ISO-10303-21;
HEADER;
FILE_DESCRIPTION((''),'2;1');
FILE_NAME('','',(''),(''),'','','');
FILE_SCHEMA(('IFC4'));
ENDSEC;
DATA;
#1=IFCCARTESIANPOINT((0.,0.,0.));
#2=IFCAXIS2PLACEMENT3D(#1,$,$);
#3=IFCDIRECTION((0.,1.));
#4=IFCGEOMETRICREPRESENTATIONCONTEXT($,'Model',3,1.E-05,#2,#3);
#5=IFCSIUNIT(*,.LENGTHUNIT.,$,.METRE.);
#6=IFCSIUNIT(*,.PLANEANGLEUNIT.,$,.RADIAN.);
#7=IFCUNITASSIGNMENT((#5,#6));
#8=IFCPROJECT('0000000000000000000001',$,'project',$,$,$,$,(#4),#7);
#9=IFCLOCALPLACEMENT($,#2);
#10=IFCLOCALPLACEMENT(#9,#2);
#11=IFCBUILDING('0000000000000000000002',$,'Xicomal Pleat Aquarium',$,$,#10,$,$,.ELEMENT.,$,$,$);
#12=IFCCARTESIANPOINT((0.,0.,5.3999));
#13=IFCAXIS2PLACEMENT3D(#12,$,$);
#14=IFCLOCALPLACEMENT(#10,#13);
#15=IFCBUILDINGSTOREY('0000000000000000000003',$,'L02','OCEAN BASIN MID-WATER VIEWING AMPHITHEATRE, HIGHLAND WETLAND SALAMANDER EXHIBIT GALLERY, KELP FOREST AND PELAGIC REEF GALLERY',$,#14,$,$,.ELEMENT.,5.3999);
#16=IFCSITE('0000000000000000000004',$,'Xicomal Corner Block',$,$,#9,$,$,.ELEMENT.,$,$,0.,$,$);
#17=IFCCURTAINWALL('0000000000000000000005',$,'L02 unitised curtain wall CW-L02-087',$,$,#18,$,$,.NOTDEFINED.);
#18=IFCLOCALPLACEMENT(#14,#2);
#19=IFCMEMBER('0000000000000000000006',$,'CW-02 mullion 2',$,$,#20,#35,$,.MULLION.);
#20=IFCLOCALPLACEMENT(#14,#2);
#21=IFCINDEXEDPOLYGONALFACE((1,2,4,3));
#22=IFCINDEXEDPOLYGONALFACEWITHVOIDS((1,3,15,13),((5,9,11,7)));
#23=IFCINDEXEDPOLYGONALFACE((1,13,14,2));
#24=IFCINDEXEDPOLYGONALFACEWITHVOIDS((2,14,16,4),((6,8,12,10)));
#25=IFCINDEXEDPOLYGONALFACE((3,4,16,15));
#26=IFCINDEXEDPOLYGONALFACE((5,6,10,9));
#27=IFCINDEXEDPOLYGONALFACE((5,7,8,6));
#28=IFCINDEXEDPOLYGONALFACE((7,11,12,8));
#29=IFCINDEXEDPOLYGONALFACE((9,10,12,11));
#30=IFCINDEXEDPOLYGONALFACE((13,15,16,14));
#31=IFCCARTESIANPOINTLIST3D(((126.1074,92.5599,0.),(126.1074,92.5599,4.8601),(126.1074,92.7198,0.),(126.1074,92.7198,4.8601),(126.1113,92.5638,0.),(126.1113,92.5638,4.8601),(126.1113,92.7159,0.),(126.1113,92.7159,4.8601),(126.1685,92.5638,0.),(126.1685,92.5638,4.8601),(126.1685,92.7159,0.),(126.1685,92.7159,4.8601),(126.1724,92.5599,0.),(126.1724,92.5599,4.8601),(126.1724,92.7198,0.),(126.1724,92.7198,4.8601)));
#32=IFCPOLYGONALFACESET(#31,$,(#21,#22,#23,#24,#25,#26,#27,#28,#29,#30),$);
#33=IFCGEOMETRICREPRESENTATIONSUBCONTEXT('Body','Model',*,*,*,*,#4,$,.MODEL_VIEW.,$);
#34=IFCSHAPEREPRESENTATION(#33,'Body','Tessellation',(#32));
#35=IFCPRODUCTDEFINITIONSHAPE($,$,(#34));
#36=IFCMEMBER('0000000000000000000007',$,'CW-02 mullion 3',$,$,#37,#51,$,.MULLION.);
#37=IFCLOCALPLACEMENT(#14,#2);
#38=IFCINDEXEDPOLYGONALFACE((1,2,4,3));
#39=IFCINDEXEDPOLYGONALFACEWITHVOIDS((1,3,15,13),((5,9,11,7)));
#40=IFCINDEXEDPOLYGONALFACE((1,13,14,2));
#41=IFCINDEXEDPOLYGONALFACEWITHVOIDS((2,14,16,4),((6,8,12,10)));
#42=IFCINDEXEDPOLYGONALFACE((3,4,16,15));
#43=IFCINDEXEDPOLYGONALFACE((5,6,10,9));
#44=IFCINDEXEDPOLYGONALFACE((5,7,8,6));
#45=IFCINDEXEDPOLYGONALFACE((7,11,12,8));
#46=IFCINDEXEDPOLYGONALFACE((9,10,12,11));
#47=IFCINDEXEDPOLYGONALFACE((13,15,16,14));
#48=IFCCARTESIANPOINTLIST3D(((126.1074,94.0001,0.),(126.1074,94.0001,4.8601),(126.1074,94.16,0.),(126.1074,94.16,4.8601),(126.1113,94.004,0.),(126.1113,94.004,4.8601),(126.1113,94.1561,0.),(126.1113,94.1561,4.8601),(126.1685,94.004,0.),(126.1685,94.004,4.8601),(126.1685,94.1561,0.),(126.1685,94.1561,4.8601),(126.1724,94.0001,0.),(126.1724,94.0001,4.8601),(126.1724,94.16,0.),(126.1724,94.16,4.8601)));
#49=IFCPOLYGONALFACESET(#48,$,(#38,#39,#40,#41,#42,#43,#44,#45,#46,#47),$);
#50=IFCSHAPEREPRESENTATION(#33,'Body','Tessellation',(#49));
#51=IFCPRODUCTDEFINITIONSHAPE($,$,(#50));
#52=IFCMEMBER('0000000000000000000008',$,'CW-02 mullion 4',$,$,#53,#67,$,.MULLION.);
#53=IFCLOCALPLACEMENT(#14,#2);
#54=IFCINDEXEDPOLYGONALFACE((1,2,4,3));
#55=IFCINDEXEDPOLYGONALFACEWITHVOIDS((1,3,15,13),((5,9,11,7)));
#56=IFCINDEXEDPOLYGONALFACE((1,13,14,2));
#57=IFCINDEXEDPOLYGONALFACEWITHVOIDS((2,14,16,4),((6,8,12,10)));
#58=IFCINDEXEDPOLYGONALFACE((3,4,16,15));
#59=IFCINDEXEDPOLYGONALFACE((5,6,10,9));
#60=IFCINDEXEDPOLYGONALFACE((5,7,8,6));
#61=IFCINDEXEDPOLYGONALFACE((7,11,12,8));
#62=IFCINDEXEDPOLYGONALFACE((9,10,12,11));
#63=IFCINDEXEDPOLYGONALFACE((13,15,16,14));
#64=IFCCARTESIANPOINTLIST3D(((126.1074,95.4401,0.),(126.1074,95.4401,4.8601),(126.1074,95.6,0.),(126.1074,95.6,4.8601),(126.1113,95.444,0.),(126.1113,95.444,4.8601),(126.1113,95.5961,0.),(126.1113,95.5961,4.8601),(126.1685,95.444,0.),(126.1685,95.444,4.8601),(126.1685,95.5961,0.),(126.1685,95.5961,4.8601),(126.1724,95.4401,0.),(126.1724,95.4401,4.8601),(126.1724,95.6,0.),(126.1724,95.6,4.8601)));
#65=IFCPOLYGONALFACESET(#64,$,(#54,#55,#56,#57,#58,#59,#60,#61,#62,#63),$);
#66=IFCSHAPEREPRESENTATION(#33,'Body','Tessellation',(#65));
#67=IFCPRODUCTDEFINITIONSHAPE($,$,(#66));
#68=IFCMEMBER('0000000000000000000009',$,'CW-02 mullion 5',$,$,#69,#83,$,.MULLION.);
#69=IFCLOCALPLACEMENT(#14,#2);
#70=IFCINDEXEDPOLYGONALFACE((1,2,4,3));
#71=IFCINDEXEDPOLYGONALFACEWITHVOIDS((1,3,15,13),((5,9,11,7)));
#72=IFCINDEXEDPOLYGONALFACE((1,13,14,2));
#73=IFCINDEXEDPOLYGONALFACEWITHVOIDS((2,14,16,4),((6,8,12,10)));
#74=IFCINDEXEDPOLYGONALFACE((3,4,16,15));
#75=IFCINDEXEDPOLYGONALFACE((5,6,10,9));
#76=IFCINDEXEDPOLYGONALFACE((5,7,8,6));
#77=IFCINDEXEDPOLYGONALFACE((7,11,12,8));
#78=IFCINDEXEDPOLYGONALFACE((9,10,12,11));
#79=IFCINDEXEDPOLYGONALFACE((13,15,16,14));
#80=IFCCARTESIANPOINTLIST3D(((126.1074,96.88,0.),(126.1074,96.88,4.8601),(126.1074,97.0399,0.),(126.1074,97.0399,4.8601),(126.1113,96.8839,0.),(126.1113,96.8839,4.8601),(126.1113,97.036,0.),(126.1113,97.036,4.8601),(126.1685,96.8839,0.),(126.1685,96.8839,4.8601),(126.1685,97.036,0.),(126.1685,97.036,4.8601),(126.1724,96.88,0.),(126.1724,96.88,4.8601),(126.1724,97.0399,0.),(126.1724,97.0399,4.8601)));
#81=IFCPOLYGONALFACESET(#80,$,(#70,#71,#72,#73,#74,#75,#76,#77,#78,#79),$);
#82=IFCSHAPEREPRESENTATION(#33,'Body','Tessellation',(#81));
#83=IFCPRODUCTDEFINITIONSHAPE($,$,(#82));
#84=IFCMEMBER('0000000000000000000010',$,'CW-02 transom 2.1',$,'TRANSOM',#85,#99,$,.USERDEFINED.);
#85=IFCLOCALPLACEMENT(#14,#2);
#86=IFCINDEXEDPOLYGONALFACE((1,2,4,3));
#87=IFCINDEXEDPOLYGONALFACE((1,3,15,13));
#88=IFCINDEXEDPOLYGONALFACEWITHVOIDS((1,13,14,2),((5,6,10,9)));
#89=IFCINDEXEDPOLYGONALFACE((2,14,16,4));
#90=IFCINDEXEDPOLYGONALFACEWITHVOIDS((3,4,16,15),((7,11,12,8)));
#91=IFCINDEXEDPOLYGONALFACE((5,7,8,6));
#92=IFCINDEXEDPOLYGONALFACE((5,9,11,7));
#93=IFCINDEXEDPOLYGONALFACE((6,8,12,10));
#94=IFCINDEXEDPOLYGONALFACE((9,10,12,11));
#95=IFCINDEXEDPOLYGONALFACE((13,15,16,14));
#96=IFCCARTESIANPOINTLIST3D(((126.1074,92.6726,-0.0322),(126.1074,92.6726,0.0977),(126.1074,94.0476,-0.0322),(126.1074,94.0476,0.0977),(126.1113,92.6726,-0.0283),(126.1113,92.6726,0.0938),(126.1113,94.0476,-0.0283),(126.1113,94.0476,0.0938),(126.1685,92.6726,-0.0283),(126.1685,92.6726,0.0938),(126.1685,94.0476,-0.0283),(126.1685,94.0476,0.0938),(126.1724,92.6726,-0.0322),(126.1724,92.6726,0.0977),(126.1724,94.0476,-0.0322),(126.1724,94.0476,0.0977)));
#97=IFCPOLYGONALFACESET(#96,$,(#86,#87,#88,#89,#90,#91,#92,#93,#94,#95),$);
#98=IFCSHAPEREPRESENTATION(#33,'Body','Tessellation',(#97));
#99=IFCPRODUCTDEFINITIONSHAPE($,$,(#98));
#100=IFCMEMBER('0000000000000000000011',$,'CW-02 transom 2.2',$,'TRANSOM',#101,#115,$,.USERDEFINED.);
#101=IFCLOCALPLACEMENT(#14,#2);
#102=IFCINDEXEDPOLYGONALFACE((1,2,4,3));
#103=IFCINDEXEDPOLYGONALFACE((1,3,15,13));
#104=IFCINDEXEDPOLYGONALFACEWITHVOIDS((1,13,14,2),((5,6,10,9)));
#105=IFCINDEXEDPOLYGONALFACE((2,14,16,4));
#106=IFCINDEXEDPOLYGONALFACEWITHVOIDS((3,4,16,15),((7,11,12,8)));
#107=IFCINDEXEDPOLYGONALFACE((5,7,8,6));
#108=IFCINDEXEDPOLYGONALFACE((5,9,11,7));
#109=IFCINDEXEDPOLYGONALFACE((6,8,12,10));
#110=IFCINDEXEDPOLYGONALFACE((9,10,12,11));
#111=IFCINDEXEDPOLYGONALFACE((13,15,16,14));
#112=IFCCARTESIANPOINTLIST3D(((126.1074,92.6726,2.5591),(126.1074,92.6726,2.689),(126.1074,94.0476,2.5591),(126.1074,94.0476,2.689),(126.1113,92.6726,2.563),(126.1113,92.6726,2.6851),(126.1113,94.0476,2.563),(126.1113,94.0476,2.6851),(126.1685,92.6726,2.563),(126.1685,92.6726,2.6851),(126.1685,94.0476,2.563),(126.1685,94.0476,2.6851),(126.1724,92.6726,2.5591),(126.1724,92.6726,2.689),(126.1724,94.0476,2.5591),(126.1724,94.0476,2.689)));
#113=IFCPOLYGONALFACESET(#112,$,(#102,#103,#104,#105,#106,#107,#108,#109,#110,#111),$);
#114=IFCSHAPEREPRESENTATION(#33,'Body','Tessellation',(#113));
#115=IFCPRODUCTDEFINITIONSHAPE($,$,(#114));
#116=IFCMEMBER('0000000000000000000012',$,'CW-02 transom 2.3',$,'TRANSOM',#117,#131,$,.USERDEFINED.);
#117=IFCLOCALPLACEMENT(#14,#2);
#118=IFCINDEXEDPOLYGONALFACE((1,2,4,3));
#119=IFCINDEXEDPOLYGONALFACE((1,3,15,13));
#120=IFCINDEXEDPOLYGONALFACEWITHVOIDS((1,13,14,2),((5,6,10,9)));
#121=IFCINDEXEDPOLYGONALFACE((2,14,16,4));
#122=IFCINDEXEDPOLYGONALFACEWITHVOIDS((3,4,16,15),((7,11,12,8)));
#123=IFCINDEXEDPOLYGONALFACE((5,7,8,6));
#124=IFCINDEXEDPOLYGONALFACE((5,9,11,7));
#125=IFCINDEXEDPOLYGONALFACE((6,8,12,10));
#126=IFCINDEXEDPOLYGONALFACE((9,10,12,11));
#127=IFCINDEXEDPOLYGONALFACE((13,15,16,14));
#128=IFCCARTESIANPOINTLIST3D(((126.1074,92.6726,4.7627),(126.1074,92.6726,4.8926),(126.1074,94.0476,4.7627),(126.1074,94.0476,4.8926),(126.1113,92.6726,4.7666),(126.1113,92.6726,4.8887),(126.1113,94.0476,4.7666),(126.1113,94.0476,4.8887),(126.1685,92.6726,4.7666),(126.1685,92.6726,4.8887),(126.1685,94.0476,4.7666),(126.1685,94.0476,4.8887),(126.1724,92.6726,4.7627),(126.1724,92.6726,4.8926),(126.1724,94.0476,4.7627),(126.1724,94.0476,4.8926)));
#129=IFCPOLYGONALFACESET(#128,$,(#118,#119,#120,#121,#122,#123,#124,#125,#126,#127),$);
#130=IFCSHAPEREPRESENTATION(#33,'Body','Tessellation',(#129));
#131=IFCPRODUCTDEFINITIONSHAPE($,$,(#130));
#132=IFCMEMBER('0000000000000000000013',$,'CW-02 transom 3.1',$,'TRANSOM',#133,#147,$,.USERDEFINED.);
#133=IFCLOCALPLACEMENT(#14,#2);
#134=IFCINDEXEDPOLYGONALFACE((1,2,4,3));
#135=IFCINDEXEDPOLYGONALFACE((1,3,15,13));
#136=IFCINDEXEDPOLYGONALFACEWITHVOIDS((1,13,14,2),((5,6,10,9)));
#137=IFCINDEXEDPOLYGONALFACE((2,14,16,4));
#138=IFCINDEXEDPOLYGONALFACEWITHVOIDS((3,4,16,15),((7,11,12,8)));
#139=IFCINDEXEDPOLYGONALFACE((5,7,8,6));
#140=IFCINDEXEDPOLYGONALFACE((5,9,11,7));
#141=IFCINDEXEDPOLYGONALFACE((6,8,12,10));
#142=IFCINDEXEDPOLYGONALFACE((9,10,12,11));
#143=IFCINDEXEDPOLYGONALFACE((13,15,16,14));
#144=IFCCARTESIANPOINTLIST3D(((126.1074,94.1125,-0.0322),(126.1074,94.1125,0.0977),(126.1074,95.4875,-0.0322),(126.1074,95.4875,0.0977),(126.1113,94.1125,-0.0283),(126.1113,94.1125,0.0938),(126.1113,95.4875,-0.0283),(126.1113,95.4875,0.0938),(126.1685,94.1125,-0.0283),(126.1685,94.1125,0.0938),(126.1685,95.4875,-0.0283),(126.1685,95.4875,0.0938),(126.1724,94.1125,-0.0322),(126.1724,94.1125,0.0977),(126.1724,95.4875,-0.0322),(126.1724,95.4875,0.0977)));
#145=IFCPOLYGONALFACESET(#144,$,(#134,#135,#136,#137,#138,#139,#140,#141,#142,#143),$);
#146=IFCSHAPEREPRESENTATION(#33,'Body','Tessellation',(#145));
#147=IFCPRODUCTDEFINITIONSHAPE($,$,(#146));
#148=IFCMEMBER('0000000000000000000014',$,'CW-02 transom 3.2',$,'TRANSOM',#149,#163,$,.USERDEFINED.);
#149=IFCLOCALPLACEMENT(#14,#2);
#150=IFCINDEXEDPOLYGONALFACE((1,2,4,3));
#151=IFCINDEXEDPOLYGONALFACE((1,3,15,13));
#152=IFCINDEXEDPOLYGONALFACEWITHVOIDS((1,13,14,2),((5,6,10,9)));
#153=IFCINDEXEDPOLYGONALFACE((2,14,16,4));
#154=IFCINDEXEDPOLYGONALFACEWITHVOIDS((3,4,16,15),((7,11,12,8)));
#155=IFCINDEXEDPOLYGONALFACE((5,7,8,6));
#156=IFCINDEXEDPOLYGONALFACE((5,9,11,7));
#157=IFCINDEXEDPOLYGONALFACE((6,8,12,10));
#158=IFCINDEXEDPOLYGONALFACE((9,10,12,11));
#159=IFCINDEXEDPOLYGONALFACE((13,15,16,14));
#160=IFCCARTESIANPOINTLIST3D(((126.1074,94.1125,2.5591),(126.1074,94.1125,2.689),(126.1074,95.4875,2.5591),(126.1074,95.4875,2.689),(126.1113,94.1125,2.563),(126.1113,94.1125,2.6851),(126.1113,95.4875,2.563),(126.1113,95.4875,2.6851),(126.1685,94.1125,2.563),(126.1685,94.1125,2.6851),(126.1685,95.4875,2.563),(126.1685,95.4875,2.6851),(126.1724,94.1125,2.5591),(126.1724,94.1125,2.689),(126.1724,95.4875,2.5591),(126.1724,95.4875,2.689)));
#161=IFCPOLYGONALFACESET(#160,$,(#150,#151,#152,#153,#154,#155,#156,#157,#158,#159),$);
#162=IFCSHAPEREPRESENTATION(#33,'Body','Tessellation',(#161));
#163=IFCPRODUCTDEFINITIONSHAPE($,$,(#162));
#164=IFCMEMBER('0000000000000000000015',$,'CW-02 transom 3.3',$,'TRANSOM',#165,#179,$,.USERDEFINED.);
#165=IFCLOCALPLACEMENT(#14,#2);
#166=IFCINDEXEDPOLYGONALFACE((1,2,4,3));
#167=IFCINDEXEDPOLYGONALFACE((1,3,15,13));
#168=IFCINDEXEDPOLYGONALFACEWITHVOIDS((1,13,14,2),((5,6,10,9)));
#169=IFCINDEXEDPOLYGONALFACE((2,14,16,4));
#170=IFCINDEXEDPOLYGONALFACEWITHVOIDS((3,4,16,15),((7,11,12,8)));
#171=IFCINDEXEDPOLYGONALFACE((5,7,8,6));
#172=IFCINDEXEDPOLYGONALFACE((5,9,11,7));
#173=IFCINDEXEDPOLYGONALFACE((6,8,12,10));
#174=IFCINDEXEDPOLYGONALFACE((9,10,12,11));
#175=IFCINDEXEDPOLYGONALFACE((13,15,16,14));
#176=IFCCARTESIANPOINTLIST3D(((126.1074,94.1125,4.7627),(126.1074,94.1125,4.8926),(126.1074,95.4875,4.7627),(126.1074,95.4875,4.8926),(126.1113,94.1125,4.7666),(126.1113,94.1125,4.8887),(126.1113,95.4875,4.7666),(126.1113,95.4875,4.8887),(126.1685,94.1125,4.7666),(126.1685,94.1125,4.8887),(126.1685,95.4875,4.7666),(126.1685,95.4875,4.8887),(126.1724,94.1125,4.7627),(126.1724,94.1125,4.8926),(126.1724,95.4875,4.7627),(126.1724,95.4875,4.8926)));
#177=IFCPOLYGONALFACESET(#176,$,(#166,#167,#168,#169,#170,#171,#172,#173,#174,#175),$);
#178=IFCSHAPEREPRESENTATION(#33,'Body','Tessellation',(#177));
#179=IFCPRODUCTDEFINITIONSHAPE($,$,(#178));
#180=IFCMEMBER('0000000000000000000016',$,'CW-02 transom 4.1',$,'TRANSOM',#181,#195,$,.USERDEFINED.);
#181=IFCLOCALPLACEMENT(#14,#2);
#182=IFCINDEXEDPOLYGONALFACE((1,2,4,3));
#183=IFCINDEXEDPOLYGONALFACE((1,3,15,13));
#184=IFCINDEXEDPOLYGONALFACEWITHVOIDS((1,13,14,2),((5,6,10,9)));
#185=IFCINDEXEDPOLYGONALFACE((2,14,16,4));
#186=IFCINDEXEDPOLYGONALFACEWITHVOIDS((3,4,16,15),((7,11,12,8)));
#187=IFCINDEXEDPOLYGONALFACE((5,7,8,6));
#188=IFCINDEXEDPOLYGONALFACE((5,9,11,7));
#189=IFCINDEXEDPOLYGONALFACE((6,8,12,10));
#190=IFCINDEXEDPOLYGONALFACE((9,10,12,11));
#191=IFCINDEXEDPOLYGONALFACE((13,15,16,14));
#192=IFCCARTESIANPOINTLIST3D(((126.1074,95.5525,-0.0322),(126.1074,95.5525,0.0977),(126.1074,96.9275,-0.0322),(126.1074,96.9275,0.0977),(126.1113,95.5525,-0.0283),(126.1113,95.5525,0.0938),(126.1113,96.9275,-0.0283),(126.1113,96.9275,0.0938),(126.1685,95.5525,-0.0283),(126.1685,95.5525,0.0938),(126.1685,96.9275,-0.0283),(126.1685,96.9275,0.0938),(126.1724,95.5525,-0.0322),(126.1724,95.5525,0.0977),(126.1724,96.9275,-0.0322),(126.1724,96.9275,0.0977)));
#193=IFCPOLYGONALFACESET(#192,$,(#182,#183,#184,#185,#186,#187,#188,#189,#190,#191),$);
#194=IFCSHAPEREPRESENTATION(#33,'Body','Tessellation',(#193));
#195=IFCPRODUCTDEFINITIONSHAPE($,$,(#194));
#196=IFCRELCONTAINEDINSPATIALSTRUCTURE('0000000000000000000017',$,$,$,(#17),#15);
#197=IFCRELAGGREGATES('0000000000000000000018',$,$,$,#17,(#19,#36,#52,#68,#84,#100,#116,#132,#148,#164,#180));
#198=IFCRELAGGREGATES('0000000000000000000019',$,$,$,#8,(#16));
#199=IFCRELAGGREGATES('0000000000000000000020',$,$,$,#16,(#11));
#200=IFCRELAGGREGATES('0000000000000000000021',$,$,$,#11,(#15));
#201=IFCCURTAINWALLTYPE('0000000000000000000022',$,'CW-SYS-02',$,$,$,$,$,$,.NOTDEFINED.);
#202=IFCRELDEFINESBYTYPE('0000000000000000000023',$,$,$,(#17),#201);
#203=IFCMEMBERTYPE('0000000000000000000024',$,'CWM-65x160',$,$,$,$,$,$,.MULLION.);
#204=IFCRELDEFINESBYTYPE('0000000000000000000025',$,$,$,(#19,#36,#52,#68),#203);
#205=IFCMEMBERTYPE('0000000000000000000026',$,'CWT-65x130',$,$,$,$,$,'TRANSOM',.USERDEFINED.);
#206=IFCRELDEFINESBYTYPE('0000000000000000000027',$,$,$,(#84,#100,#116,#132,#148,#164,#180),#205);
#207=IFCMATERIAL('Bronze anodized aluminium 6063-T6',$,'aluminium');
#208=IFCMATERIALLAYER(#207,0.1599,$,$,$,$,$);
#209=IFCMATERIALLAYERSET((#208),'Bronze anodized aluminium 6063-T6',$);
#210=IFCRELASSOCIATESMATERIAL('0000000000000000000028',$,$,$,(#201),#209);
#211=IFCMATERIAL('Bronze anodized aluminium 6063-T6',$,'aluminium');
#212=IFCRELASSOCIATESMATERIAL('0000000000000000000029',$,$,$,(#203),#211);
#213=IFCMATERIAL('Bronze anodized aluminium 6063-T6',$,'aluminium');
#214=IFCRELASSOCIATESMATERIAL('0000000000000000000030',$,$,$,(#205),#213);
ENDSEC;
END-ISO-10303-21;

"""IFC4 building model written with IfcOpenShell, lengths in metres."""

from ifc_helpers import new_model, si_unit, direction, frame, origin, origin_2d, place, context, subcontext, project, spatial, hollow_rectangle, extrude, material, layer, layer_set, material_profile, profile_set, type_object, element, aggregate, save


model = new_model("IFC4")

# Units and contexts
model_context = context("Model", 3, precision=1e-05, world=origin(), true_north=direction((0.0, 1.0)))
body_context = subcontext(model_context, "Body", "Model", "MODEL_VIEW")
ifc_project = project(units=[si_unit("LENGTHUNIT", "METRE"), si_unit("PLANEANGLEUNIT", "RADIAN")], contexts=[model_context])

# Site, building, storey
site_placement = place(None, origin())
site = spatial("IfcSite", under=ifc_project, at=site_placement, Name="Xicomal Corner Block", CompositionType="ELEMENT", RefElevation=0.0)
building_placement = place(site_placement, origin())
building = spatial("IfcBuilding", under=site, at=building_placement, Name="Xicomal Pleat Aquarium", CompositionType="ELEMENT")
storey_placement = place(building_placement, frame((0.0, 0.0, 5.3999)))
storey = spatial("IfcBuildingStorey", under=building, at=storey_placement, Name="L02", Description="OCEAN BASIN MID-WATER VIEWING AMPHITHEATRE, HIGHLAND WETLAND SALAMANDER EXHIBIT GALLERY, KELP FOREST AND PELAGIC REEF GALLERY", CompositionType="ELEMENT", Elevation=5.3999)

# Curtain wall, members
ifc_material_1 = material(Name="Bronze anodized aluminium 6063-T6", Category="aluminium")
ifc_layer_1 = layer(ifc_material_1, 0.1599)
ifc_layer_set_1 = layer_set([ifc_layer_1], Name="Bronze anodized aluminium 6063-T6")
curtain_wall_type = type_object("IfcCurtainWallType", Name="CW-SYS-02", PredefinedType="NOTDEFINED", material=ifc_layer_set_1)
curtain_wall_placement = place(storey_placement, origin())
curtain_wall = element("IfcCurtainWall", 1, at=curtain_wall_placement, inside=storey, type_object=curtain_wall_type, Name="L02 unitised curtain wall CW-L02-087", PredefinedType="NOTDEFINED")
ifc_material_2 = material(Name="Bronze anodized aluminium 6063-T6", Category="aluminium")
ifc_material_profile_1 = material_profile(ifc_material_2, hollow_rectangle(XDim=0.0649, YDim=0.1599, WallThickness=0.0039, at=origin_2d()), Name="ALU MULL 65x160")
ifc_profile_set_1 = profile_set([ifc_material_profile_1], Name="Bronze anodized aluminium 6063-T6")
member_type_1 = type_object("IfcMemberType", Name="CWM-65x160", PredefinedType="MULLION", material=ifc_profile_set_1)
member_1_placement = place(storey_placement, frame((126.1399, 92.6399, 0.0), z_axis=(0.0, 0.0, 1.0), x_axis=(-1.0, 0.0, 0.0)))
member_1 = element("IfcMember", 2, at=member_1_placement, type_object=member_type_1, Name="CW-02 mullion 2", PredefinedType="MULLION", context=body_context, shape_type="SweptSolid", body=[
    extrude(hollow_rectangle(XDim=0.0649, YDim=0.1599, WallThickness=0.0039, at=origin_2d()), origin(), (0.0, 0.0, 1.0), 4.8601),
])
member_2_placement = place(storey_placement, frame((126.1399, 94.0801, 0.0), z_axis=(0.0, 0.0, 1.0), x_axis=(-1.0, 0.0, 0.0)))
member_2 = element("IfcMember", 3, at=member_2_placement, type_object=member_type_1, Name="CW-02 mullion 3", PredefinedType="MULLION", context=body_context, shape_type="SweptSolid", body=[
    extrude(hollow_rectangle(XDim=0.0649, YDim=0.1599, WallThickness=0.0039, at=origin_2d()), origin(), (0.0, 0.0, 1.0), 4.8601),
])
member_3_placement = place(storey_placement, frame((126.1399, 95.52, 0.0), z_axis=(0.0, 0.0, 1.0), x_axis=(-1.0, 0.0, 0.0)))
member_3 = element("IfcMember", 4, at=member_3_placement, type_object=member_type_1, Name="CW-02 mullion 4", PredefinedType="MULLION", context=body_context, shape_type="SweptSolid", body=[
    extrude(hollow_rectangle(XDim=0.0649, YDim=0.1599, WallThickness=0.0039, at=origin_2d()), origin(), (0.0, 0.0, 1.0), 4.8601),
])
member_4_placement = place(storey_placement, frame((126.1399, 96.96, 0.0), z_axis=(0.0, 0.0, 1.0), x_axis=(-1.0, 0.0, 0.0)))
member_4 = element("IfcMember", 5, at=member_4_placement, type_object=member_type_1, Name="CW-02 mullion 5", PredefinedType="MULLION", context=body_context, shape_type="SweptSolid", body=[
    extrude(hollow_rectangle(XDim=0.0649, YDim=0.1599, WallThickness=0.0039, at=origin_2d()), origin(), (0.0, 0.0, 1.0), 4.8601),
])
ifc_material_3 = material(Name="Bronze anodized aluminium 6063-T6", Category="aluminium")
ifc_material_profile_2 = material_profile(ifc_material_3, hollow_rectangle(XDim=0.0649, YDim=0.1299, WallThickness=0.0039, at=origin_2d()), Name="ALU TRAN 65x130")
ifc_profile_set_2 = profile_set([ifc_material_profile_2], Name="Bronze anodized aluminium 6063-T6")
member_type_2 = type_object("IfcMemberType", Name="CWT-65x130", ElementType="TRANSOM", PredefinedType="USERDEFINED", material=ifc_profile_set_2)
member_5_placement = place(storey_placement, frame((126.1399, 92.6726, 0.0327), z_axis=(0.0, 1.0, 0.0), x_axis=(-1.0, 0.0, 0.0)))
member_5 = element("IfcMember", 6, at=member_5_placement, type_object=member_type_2, Name="CW-02 transom 2.1", ObjectType="TRANSOM", PredefinedType="USERDEFINED", context=body_context, shape_type="SweptSolid", body=[
    extrude(hollow_rectangle(XDim=0.0649, YDim=0.1299, WallThickness=0.0039, at=origin_2d()), origin(), (0.0, 0.0, 1.0), 1.375),
])
member_6_placement = place(storey_placement, frame((126.1399, 92.6726, 2.624), z_axis=(0.0, 1.0, 0.0), x_axis=(-1.0, 0.0, 0.0)))
member_6 = element("IfcMember", 7, at=member_6_placement, type_object=member_type_2, Name="CW-02 transom 2.2", ObjectType="TRANSOM", PredefinedType="USERDEFINED", context=body_context, shape_type="SweptSolid", body=[
    extrude(hollow_rectangle(XDim=0.0649, YDim=0.1299, WallThickness=0.0039, at=origin_2d()), origin(), (0.0, 0.0, 1.0), 1.375),
])
member_7_placement = place(storey_placement, frame((126.1399, 92.6726, 4.8276), z_axis=(0.0, 1.0, 0.0), x_axis=(-1.0, 0.0, 0.0)))
member_7 = element("IfcMember", 8, at=member_7_placement, type_object=member_type_2, Name="CW-02 transom 2.3", ObjectType="TRANSOM", PredefinedType="USERDEFINED", context=body_context, shape_type="SweptSolid", body=[
    extrude(hollow_rectangle(XDim=0.0649, YDim=0.1299, WallThickness=0.0039, at=origin_2d()), origin(), (0.0, 0.0, 1.0), 1.375),
])
member_8_placement = place(storey_placement, frame((126.1399, 94.1125, 0.0327), z_axis=(0.0, 1.0, 0.0), x_axis=(-1.0, 0.0, 0.0)))
member_8 = element("IfcMember", 9, at=member_8_placement, type_object=member_type_2, Name="CW-02 transom 3.1", ObjectType="TRANSOM", PredefinedType="USERDEFINED", context=body_context, shape_type="SweptSolid", body=[
    extrude(hollow_rectangle(XDim=0.0649, YDim=0.1299, WallThickness=0.0039, at=origin_2d()), origin(), (0.0, 0.0, 1.0), 1.375),
])
member_9_placement = place(storey_placement, frame((126.1399, 94.1125, 2.624), z_axis=(0.0, 1.0, 0.0), x_axis=(-1.0, 0.0, 0.0)))
member_9 = element("IfcMember", 10, at=member_9_placement, type_object=member_type_2, Name="CW-02 transom 3.2", ObjectType="TRANSOM", PredefinedType="USERDEFINED", context=body_context, shape_type="SweptSolid", body=[
    extrude(hollow_rectangle(XDim=0.0649, YDim=0.1299, WallThickness=0.0039, at=origin_2d()), origin(), (0.0, 0.0, 1.0), 1.375),
])
member_10_placement = place(storey_placement, frame((126.1399, 94.1125, 4.8276), z_axis=(0.0, 1.0, 0.0), x_axis=(-1.0, 0.0, 0.0)))
member_10 = element("IfcMember", 11, at=member_10_placement, type_object=member_type_2, Name="CW-02 transom 3.3", ObjectType="TRANSOM", PredefinedType="USERDEFINED", context=body_context, shape_type="SweptSolid", body=[
    extrude(hollow_rectangle(XDim=0.0649, YDim=0.1299, WallThickness=0.0039, at=origin_2d()), origin(), (0.0, 0.0, 1.0), 1.375),
])
member_11_placement = place(storey_placement, frame((126.1399, 95.5525, 0.0327), z_axis=(0.0, 1.0, 0.0), x_axis=(-1.0, 0.0, 0.0)))
member_11 = element("IfcMember", 12, at=member_11_placement, type_object=member_type_2, Name="CW-02 transom 4.1", ObjectType="TRANSOM", PredefinedType="USERDEFINED", context=body_context, shape_type="SweptSolid", body=[
    extrude(hollow_rectangle(XDim=0.0649, YDim=0.1299, WallThickness=0.0039, at=origin_2d()), origin(), (0.0, 0.0, 1.0), 1.375),
])
aggregate(curtain_wall, [member_1, member_2, member_3, member_4, member_5, member_6, member_7, member_8, member_9, member_10, member_11])

save(model, "model.ifc")
